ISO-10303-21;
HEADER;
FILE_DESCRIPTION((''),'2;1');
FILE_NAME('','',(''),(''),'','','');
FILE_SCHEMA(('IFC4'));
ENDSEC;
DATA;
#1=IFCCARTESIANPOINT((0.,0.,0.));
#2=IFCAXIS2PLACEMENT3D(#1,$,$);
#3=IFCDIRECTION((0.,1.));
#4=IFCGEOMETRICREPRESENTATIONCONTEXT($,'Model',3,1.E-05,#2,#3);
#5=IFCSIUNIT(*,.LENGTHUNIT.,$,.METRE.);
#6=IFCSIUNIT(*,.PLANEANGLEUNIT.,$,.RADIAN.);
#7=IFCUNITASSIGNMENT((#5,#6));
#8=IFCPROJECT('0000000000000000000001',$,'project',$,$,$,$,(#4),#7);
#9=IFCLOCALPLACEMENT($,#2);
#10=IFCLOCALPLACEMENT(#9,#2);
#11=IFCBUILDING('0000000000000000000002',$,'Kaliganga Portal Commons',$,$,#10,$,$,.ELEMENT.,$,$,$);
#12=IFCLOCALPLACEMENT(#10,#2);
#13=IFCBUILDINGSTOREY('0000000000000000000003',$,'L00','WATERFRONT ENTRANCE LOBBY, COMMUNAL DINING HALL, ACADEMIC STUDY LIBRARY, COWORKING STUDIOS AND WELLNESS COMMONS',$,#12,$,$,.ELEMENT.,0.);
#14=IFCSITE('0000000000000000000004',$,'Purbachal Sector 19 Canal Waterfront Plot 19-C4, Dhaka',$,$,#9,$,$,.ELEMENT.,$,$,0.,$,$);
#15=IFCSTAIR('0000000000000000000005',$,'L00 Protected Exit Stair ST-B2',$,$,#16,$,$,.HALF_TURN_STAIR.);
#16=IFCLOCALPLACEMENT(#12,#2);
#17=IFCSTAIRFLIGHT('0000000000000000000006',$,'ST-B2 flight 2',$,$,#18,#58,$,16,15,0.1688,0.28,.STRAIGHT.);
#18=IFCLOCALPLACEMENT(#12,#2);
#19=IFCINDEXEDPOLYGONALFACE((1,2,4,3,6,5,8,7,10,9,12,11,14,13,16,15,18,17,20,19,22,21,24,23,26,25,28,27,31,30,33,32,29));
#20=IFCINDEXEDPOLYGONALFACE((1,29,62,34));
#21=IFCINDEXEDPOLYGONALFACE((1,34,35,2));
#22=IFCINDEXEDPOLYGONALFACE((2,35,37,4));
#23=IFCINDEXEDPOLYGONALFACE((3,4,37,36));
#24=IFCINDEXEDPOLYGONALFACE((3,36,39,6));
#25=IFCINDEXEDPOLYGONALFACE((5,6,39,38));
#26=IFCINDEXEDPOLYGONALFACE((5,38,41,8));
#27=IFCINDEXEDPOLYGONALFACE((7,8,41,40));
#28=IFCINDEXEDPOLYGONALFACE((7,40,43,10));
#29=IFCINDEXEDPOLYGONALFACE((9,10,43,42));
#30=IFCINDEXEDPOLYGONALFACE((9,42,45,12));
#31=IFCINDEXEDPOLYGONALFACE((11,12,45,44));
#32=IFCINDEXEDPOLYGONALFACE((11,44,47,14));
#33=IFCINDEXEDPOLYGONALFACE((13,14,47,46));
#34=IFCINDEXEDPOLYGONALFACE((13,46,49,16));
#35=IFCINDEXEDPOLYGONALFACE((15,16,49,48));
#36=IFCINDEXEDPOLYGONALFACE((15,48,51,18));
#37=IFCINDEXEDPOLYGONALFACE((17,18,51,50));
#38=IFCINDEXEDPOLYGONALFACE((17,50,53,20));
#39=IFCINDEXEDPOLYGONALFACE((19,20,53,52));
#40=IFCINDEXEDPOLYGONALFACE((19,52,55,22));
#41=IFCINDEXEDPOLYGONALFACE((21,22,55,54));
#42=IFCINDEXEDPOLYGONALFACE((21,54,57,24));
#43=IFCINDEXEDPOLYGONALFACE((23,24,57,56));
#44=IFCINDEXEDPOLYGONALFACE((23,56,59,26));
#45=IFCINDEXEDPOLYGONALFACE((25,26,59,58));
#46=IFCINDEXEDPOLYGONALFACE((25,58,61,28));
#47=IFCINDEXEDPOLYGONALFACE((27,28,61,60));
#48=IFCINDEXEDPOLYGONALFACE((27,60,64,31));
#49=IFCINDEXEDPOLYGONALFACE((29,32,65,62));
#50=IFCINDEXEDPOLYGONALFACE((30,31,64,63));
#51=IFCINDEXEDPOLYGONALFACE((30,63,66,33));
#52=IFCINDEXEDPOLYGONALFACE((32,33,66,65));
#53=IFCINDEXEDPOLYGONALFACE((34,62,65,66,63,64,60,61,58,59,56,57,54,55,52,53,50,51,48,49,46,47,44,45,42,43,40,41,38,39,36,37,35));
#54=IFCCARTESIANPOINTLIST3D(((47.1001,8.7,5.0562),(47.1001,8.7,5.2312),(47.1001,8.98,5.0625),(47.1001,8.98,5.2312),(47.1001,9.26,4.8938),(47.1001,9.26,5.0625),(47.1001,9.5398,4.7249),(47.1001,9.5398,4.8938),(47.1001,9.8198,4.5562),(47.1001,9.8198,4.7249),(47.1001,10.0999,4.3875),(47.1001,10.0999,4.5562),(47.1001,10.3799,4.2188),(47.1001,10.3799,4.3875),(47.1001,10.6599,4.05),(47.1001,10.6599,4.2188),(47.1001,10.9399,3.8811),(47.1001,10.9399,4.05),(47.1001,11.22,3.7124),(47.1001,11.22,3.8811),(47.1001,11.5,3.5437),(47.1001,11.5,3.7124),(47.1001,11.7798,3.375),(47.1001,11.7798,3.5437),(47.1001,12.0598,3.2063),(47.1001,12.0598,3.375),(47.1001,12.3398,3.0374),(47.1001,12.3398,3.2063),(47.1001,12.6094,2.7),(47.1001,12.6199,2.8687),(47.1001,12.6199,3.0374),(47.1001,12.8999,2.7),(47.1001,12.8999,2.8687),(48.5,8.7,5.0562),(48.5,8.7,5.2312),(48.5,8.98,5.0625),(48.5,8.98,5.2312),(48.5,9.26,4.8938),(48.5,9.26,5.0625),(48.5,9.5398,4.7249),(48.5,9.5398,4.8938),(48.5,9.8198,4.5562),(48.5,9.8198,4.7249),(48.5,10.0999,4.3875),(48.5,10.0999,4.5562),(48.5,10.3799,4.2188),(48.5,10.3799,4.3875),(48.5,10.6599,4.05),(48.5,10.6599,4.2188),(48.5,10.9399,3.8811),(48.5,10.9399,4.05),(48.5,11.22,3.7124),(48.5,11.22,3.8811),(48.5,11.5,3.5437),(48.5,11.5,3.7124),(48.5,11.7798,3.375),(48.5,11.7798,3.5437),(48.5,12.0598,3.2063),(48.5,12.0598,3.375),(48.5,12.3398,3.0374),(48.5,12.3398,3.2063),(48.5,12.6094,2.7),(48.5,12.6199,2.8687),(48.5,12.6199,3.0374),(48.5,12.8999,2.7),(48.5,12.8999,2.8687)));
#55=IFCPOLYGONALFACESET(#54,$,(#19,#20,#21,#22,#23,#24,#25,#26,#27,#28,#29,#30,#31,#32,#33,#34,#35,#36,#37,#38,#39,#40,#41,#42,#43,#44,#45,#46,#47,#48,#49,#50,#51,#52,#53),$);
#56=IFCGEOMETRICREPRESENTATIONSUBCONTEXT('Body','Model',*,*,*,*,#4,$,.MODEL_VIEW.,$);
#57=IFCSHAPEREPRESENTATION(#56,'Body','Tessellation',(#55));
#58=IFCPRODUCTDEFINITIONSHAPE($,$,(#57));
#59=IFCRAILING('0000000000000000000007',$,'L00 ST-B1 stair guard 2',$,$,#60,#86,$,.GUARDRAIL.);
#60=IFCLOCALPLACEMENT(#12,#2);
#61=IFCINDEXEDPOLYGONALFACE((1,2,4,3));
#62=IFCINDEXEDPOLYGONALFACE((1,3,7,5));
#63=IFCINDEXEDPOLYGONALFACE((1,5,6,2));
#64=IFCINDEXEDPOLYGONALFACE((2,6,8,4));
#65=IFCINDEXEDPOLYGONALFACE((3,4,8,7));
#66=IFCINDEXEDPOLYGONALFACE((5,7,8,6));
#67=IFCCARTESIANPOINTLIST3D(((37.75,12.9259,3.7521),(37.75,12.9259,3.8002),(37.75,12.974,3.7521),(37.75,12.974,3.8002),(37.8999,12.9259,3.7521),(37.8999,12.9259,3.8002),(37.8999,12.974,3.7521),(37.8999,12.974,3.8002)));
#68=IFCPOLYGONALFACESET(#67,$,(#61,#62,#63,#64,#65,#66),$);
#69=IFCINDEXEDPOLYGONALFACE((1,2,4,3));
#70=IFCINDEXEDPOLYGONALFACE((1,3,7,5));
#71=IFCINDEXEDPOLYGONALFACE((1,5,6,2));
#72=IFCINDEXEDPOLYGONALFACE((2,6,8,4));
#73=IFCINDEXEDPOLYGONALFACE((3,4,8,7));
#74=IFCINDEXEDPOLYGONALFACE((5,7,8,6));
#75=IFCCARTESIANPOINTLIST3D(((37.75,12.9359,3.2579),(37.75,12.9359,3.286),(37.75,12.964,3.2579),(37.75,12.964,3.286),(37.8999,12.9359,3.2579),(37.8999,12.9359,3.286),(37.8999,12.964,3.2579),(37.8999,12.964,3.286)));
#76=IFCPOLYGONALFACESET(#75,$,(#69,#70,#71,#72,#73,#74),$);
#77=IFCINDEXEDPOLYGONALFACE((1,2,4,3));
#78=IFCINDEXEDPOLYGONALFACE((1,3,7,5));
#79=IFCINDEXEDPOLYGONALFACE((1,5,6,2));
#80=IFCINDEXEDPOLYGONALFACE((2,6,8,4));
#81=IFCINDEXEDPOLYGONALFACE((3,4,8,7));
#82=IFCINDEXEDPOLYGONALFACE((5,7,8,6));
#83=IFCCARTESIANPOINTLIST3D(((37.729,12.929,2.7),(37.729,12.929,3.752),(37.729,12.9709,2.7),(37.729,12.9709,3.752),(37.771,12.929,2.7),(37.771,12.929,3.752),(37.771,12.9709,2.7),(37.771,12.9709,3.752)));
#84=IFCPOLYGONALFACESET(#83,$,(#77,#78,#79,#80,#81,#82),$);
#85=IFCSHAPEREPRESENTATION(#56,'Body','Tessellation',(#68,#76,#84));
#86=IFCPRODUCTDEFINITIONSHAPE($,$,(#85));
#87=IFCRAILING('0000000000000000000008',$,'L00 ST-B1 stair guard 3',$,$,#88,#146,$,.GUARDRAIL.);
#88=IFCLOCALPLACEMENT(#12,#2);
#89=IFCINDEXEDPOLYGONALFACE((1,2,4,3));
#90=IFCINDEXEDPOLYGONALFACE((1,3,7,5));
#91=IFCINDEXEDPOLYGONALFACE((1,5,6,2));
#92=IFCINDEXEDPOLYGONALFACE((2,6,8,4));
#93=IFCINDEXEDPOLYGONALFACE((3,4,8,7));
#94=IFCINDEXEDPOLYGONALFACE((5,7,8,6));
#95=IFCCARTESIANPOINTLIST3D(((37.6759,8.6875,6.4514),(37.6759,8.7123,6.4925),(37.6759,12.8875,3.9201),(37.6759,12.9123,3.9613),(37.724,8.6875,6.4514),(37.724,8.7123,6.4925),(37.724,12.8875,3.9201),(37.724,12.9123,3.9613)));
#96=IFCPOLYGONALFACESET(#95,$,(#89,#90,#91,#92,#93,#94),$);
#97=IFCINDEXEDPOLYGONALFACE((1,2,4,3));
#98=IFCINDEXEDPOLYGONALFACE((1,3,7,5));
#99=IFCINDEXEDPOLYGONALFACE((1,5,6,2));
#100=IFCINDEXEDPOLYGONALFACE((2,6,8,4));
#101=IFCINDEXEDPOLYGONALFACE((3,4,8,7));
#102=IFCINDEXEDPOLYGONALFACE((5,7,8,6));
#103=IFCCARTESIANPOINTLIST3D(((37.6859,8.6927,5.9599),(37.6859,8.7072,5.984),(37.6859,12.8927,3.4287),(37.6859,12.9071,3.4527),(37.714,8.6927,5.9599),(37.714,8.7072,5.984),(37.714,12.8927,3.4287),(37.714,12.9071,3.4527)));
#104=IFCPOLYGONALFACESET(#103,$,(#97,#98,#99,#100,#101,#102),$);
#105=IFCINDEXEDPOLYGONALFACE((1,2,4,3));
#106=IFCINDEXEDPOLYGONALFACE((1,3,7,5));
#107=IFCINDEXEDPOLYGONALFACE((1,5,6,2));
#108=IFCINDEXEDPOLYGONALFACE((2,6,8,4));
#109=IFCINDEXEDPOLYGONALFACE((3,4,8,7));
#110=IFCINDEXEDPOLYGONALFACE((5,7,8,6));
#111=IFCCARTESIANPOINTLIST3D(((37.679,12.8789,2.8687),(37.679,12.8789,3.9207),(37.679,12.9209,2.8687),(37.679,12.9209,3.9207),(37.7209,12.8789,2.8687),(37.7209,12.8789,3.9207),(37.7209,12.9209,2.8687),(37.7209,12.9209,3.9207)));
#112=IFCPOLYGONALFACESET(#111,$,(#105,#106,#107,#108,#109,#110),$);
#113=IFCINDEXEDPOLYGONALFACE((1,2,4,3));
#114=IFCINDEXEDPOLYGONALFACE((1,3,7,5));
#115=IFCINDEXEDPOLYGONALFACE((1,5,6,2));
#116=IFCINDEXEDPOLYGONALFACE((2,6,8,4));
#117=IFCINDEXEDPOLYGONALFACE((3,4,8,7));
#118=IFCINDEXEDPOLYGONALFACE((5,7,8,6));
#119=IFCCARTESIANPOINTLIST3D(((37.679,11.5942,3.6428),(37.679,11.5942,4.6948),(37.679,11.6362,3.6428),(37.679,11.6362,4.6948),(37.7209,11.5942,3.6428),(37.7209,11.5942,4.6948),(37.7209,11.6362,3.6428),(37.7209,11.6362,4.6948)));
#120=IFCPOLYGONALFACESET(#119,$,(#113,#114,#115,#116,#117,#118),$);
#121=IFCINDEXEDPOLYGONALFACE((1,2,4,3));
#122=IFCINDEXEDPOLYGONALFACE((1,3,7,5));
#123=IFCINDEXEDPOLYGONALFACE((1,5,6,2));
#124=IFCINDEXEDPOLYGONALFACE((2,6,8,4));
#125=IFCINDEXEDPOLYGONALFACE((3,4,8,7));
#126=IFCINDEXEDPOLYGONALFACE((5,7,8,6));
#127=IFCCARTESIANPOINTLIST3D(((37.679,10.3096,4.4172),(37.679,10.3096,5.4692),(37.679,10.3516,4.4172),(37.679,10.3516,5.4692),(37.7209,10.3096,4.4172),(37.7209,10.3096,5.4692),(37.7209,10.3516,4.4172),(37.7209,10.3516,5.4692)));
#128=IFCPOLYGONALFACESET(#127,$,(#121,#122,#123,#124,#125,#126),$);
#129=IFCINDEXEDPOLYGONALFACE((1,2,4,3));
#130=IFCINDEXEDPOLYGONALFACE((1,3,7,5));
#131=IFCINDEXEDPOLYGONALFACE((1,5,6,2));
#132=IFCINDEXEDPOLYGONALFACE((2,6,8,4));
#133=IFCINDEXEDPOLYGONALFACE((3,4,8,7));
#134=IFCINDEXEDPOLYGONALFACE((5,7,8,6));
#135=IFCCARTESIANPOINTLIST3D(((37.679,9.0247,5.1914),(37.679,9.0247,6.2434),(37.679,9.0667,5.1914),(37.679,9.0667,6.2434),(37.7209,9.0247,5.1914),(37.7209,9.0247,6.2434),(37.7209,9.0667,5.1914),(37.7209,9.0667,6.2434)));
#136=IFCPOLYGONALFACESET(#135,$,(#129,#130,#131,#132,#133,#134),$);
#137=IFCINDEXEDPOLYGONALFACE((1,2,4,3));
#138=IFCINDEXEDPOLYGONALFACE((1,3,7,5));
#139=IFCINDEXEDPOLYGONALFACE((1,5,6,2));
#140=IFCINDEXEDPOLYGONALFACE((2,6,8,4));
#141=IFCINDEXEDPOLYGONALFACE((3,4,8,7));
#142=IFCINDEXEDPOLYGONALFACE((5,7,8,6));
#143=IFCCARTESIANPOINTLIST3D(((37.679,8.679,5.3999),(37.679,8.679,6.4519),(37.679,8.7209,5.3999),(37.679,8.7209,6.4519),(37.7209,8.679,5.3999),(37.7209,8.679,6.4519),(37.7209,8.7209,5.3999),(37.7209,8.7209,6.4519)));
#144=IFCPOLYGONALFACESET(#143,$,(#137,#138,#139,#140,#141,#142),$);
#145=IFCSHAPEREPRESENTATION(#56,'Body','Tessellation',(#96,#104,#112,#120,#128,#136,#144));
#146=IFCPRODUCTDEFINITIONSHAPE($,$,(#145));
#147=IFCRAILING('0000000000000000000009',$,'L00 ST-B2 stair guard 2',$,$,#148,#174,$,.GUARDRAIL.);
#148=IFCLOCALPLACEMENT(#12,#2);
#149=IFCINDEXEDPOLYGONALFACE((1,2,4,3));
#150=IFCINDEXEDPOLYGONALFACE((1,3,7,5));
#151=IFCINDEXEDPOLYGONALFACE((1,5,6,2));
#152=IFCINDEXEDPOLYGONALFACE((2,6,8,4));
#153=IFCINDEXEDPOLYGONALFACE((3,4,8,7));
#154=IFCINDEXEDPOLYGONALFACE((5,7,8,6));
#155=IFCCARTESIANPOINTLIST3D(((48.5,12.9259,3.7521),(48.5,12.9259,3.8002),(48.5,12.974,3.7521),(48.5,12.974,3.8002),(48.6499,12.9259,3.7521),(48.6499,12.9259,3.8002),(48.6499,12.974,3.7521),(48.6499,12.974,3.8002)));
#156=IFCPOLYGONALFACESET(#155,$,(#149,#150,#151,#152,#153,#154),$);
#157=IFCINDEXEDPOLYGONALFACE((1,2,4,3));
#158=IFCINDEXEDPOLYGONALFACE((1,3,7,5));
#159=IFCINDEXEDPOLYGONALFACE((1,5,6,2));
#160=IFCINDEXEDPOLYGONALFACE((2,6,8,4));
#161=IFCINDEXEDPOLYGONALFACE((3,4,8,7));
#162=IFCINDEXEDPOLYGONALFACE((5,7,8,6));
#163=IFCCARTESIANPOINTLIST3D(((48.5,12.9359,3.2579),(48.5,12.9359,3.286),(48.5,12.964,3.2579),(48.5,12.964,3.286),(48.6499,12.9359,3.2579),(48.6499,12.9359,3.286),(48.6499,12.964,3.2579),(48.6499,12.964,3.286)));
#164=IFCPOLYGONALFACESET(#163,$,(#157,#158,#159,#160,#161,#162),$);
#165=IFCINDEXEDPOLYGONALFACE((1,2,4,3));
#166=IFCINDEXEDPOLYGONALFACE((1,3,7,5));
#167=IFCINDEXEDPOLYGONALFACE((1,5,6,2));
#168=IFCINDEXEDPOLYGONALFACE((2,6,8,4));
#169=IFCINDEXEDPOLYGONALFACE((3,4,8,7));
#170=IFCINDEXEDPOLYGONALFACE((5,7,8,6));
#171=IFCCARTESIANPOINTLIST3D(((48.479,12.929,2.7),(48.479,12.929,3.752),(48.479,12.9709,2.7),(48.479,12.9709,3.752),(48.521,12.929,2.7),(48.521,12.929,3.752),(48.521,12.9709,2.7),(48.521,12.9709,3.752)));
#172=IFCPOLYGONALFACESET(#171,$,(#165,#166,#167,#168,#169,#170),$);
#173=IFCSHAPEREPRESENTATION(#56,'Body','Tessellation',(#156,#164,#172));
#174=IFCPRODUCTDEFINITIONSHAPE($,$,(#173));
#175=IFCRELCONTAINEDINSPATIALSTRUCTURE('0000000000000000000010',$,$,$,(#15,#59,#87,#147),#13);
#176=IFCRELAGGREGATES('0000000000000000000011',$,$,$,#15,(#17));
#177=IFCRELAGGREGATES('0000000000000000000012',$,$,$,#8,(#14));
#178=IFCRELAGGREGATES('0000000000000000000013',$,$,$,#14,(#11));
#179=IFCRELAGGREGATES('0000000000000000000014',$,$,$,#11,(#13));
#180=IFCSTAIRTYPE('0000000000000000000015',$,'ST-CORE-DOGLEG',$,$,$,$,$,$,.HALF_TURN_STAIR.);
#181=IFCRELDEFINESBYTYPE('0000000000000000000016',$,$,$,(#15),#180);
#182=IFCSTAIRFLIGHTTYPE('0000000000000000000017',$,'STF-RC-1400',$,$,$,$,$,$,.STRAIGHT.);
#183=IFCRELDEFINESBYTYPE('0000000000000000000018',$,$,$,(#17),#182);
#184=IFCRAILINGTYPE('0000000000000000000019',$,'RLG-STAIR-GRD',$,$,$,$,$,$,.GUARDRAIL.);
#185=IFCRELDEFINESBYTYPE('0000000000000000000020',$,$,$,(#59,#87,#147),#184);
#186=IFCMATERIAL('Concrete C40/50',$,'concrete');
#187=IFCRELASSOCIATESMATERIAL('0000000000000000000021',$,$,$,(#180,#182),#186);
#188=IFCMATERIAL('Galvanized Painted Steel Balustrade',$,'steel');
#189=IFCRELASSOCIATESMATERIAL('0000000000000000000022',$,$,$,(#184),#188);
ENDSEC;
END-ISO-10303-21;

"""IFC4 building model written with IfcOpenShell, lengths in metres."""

from ifc_helpers import new_model, si_unit, direction, frame, origin, origin_2d, place, context, subcontext, project, spatial, polyline, rectangle, outline, extrude, material, type_object, element, aggregate, save


model = new_model("IFC4")

# Units and contexts
model_context = context("Model", 3, precision=1e-05, world=origin(), true_north=direction((0.0, 1.0)))
body_context = subcontext(model_context, "Body", "Model", "MODEL_VIEW")
ifc_project = project(units=[si_unit("LENGTHUNIT", "METRE"), si_unit("PLANEANGLEUNIT", "RADIAN")], contexts=[model_context])

# Site, building, storey
site_placement = place(None, origin())
site = spatial("IfcSite", under=ifc_project, at=site_placement, Name="Purbachal Sector 19 Canal Waterfront Plot 19-C4, Dhaka", CompositionType="ELEMENT", RefElevation=0.0)
building_placement = place(site_placement, origin())
building = spatial("IfcBuilding", under=site, at=building_placement, Name="Kaliganga Portal Commons", CompositionType="ELEMENT")
storey_placement = place(building_placement, origin())
storey = spatial("IfcBuildingStorey", under=building, at=storey_placement, Name="L00", Description="WATERFRONT ENTRANCE LOBBY, COMMUNAL DINING HALL, ACADEMIC STUDY LIBRARY, COWORKING STUDIOS AND WELLNESS COMMONS", CompositionType="ELEMENT", Elevation=0.0)

# Stair, stair flight
ifc_material_1 = material(Name="Concrete C40/50", Category="concrete")
stair_type = type_object("IfcStairType", Name="ST-CORE-DOGLEG", PredefinedType="HALF_TURN_STAIR", material=ifc_material_1)
stair_flight_type = type_object("IfcStairFlightType", Name="STF-RC-1400", PredefinedType="STRAIGHT", material=ifc_material_1)
stair_1_placement = place(storey_placement, origin())
stair_1 = element("IfcStair", 1, at=stair_1_placement, inside=storey, type_object=stair_type, Name="L00 Protected Exit Stair ST-B2", PredefinedType="HALF_TURN_STAIR")
stair_flight_1_placement = place(storey_placement, frame((47.8, 12.8999, 2.7), z_axis=(0.0, 0.0, 1.0), x_axis=(0.0, -1.0, 0.0)))
stair_flight_1 = element("IfcStairFlight", 2, at=stair_flight_1_placement, type_object=stair_flight_type, Name="ST-B2 flight 2", NumberOfRisers=16, NumberOfTreads=15, PredefinedType="STRAIGHT", RiserHeight=0.1688, TreadLength=0.28, context=body_context, shape_type="SweptSolid", body=[
    extrude(outline(polyline([(0.0, 0.0), (0.0, 0.1687), (0.28, 0.1687), (0.28, 0.3374), (0.5601, 0.3374), (0.5601, 0.5063), (0.8401, 0.5063), (0.8401, 0.675), (1.1201, 0.675), (1.1201, 0.8438), (1.3999, 0.8438), (1.3999, 1.0125), (1.6799, 1.0125), (1.6799, 1.1812), (1.96, 1.1812), (1.96, 1.3501), (2.24, 1.3501), (2.24, 1.5188), (2.52, 1.5188), (2.52, 1.6875), (2.8, 1.6875), (2.8, 1.8562), (3.0801, 1.8562), (3.0801, 2.0249), (3.3601, 2.0249), (3.3601, 2.1938), (3.6399, 2.1938), (3.6399, 2.3625), (3.9199, 2.3625), (3.9199, 2.5312), (4.2, 2.5312), (4.2, 2.7), (4.2, 2.3562), (0.2905, 0.0), (0.0, 0.0)])), frame((0.0, 0.7, 0.0), z_axis=(0.0, -1.0, 0.0), x_axis=(1.0, 0.0, 0.0)), (0.0, 0.0, 1.0), 1.3999),
])
aggregate(stair_1, [stair_flight_1])

# Railings
ifc_material_2 = material(Name="Galvanized Painted Steel Balustrade", Category="steel")
railing_type_1 = type_object("IfcRailingType", Name="RLG-STAIR-GRD", PredefinedType="GUARDRAIL", material=ifc_material_2)
railing_1_placement = place(storey_placement, frame((37.8999, 12.95, 2.7)))
element("IfcRailing", 3, at=railing_1_placement, inside=storey, type_object=railing_type_1, Name="L00 ST-B1 stair guard 2", PredefinedType="GUARDRAIL", context=body_context, shape_type="SweptSolid", body=[
    extrude(rectangle(XDim=0.0481, YDim=0.0481, at=origin_2d()), frame((0.0, 0.0, 1.0762), z_axis=(-1.0, 0.0, 0.0), x_axis=(0.0, -1.0, 0.0)), (0.0, 0.0, 1.0), 0.1499),
    extrude(rectangle(XDim=0.0281, YDim=0.0281, at=origin_2d()), frame((0.0, 0.0, 0.572), z_axis=(-1.0, 0.0, 0.0), x_axis=(0.0, -1.0, 0.0)), (0.0, 0.0, 1.0), 0.1499),
    extrude(rectangle(XDim=0.042, YDim=0.042, at=origin_2d()), frame((-0.1499, 0.0, 0.0)), (0.0, 0.0, 1.0), 1.052),
])
railing_2_placement = place(storey_placement, frame((37.7, 12.8999, 2.8687)))
element("IfcRailing", 4, at=railing_2_placement, inside=storey, type_object=railing_type_1, Name="L00 ST-B1 stair guard 3", PredefinedType="GUARDRAIL", context=body_context, shape_type="SweptSolid", body=[
    extrude(rectangle(XDim=0.0481, YDim=0.0481, at=origin_2d()), frame((0.0, 0.0, 1.072), z_axis=(0.0, -0.856476, 0.516186), x_axis=(1.0, 0.0, 0.0)), (0.0, 0.0, 1.0), 4.9038),
    extrude(rectangle(XDim=0.0281, YDim=0.0281, at=origin_2d()), frame((0.0, 0.0, 0.572), z_axis=(0.0, -0.856476, 0.516186), x_axis=(1.0, 0.0, 0.0)), (0.0, 0.0, 1.0), 4.9038),
    extrude(rectangle(XDim=0.042, YDim=0.042, at=origin_2d()), origin(), (0.0, 0.0, 1.0), 1.052),
    extrude(rectangle(XDim=0.042, YDim=0.042, at=origin_2d()), frame((0.0, -1.2847, 0.7742)), (0.0, 0.0, 1.0), 1.052),
    extrude(rectangle(XDim=0.042, YDim=0.042, at=origin_2d()), frame((0.0, -2.5693, 1.5486)), (0.0, 0.0, 1.0), 1.052),
    extrude(rectangle(XDim=0.042, YDim=0.042, at=origin_2d()), frame((0.0, -3.8542, 2.3228)), (0.0, 0.0, 1.0), 1.052),
    extrude(rectangle(XDim=0.042, YDim=0.042, at=origin_2d()), frame((0.0, -4.2, 2.5312)), (0.0, 0.0, 1.0), 1.052),
])
railing_3_placement = place(storey_placement, frame((48.6499, 12.95, 2.7)))
element("IfcRailing", 5, at=railing_3_placement, inside=storey, type_object=railing_type_1, Name="L00 ST-B2 stair guard 2", PredefinedType="GUARDRAIL", context=body_context, shape_type="SweptSolid", body=[
    extrude(rectangle(XDim=0.0481, YDim=0.0481, at=origin_2d()), frame((0.0, 0.0, 1.0762), z_axis=(-1.0, 0.0, 0.0), x_axis=(0.0, -1.0, 0.0)), (0.0, 0.0, 1.0), 0.1499),
    extrude(rectangle(XDim=0.0281, YDim=0.0281, at=origin_2d()), frame((0.0, 0.0, 0.572), z_axis=(-1.0, 0.0, 0.0), x_axis=(0.0, -1.0, 0.0)), (0.0, 0.0, 1.0), 0.1499),
    extrude(rectangle(XDim=0.042, YDim=0.042, at=origin_2d()), frame((-0.1499, 0.0, 0.0)), (0.0, 0.0, 1.0), 1.052),
])

save(model, "model.ifc")
